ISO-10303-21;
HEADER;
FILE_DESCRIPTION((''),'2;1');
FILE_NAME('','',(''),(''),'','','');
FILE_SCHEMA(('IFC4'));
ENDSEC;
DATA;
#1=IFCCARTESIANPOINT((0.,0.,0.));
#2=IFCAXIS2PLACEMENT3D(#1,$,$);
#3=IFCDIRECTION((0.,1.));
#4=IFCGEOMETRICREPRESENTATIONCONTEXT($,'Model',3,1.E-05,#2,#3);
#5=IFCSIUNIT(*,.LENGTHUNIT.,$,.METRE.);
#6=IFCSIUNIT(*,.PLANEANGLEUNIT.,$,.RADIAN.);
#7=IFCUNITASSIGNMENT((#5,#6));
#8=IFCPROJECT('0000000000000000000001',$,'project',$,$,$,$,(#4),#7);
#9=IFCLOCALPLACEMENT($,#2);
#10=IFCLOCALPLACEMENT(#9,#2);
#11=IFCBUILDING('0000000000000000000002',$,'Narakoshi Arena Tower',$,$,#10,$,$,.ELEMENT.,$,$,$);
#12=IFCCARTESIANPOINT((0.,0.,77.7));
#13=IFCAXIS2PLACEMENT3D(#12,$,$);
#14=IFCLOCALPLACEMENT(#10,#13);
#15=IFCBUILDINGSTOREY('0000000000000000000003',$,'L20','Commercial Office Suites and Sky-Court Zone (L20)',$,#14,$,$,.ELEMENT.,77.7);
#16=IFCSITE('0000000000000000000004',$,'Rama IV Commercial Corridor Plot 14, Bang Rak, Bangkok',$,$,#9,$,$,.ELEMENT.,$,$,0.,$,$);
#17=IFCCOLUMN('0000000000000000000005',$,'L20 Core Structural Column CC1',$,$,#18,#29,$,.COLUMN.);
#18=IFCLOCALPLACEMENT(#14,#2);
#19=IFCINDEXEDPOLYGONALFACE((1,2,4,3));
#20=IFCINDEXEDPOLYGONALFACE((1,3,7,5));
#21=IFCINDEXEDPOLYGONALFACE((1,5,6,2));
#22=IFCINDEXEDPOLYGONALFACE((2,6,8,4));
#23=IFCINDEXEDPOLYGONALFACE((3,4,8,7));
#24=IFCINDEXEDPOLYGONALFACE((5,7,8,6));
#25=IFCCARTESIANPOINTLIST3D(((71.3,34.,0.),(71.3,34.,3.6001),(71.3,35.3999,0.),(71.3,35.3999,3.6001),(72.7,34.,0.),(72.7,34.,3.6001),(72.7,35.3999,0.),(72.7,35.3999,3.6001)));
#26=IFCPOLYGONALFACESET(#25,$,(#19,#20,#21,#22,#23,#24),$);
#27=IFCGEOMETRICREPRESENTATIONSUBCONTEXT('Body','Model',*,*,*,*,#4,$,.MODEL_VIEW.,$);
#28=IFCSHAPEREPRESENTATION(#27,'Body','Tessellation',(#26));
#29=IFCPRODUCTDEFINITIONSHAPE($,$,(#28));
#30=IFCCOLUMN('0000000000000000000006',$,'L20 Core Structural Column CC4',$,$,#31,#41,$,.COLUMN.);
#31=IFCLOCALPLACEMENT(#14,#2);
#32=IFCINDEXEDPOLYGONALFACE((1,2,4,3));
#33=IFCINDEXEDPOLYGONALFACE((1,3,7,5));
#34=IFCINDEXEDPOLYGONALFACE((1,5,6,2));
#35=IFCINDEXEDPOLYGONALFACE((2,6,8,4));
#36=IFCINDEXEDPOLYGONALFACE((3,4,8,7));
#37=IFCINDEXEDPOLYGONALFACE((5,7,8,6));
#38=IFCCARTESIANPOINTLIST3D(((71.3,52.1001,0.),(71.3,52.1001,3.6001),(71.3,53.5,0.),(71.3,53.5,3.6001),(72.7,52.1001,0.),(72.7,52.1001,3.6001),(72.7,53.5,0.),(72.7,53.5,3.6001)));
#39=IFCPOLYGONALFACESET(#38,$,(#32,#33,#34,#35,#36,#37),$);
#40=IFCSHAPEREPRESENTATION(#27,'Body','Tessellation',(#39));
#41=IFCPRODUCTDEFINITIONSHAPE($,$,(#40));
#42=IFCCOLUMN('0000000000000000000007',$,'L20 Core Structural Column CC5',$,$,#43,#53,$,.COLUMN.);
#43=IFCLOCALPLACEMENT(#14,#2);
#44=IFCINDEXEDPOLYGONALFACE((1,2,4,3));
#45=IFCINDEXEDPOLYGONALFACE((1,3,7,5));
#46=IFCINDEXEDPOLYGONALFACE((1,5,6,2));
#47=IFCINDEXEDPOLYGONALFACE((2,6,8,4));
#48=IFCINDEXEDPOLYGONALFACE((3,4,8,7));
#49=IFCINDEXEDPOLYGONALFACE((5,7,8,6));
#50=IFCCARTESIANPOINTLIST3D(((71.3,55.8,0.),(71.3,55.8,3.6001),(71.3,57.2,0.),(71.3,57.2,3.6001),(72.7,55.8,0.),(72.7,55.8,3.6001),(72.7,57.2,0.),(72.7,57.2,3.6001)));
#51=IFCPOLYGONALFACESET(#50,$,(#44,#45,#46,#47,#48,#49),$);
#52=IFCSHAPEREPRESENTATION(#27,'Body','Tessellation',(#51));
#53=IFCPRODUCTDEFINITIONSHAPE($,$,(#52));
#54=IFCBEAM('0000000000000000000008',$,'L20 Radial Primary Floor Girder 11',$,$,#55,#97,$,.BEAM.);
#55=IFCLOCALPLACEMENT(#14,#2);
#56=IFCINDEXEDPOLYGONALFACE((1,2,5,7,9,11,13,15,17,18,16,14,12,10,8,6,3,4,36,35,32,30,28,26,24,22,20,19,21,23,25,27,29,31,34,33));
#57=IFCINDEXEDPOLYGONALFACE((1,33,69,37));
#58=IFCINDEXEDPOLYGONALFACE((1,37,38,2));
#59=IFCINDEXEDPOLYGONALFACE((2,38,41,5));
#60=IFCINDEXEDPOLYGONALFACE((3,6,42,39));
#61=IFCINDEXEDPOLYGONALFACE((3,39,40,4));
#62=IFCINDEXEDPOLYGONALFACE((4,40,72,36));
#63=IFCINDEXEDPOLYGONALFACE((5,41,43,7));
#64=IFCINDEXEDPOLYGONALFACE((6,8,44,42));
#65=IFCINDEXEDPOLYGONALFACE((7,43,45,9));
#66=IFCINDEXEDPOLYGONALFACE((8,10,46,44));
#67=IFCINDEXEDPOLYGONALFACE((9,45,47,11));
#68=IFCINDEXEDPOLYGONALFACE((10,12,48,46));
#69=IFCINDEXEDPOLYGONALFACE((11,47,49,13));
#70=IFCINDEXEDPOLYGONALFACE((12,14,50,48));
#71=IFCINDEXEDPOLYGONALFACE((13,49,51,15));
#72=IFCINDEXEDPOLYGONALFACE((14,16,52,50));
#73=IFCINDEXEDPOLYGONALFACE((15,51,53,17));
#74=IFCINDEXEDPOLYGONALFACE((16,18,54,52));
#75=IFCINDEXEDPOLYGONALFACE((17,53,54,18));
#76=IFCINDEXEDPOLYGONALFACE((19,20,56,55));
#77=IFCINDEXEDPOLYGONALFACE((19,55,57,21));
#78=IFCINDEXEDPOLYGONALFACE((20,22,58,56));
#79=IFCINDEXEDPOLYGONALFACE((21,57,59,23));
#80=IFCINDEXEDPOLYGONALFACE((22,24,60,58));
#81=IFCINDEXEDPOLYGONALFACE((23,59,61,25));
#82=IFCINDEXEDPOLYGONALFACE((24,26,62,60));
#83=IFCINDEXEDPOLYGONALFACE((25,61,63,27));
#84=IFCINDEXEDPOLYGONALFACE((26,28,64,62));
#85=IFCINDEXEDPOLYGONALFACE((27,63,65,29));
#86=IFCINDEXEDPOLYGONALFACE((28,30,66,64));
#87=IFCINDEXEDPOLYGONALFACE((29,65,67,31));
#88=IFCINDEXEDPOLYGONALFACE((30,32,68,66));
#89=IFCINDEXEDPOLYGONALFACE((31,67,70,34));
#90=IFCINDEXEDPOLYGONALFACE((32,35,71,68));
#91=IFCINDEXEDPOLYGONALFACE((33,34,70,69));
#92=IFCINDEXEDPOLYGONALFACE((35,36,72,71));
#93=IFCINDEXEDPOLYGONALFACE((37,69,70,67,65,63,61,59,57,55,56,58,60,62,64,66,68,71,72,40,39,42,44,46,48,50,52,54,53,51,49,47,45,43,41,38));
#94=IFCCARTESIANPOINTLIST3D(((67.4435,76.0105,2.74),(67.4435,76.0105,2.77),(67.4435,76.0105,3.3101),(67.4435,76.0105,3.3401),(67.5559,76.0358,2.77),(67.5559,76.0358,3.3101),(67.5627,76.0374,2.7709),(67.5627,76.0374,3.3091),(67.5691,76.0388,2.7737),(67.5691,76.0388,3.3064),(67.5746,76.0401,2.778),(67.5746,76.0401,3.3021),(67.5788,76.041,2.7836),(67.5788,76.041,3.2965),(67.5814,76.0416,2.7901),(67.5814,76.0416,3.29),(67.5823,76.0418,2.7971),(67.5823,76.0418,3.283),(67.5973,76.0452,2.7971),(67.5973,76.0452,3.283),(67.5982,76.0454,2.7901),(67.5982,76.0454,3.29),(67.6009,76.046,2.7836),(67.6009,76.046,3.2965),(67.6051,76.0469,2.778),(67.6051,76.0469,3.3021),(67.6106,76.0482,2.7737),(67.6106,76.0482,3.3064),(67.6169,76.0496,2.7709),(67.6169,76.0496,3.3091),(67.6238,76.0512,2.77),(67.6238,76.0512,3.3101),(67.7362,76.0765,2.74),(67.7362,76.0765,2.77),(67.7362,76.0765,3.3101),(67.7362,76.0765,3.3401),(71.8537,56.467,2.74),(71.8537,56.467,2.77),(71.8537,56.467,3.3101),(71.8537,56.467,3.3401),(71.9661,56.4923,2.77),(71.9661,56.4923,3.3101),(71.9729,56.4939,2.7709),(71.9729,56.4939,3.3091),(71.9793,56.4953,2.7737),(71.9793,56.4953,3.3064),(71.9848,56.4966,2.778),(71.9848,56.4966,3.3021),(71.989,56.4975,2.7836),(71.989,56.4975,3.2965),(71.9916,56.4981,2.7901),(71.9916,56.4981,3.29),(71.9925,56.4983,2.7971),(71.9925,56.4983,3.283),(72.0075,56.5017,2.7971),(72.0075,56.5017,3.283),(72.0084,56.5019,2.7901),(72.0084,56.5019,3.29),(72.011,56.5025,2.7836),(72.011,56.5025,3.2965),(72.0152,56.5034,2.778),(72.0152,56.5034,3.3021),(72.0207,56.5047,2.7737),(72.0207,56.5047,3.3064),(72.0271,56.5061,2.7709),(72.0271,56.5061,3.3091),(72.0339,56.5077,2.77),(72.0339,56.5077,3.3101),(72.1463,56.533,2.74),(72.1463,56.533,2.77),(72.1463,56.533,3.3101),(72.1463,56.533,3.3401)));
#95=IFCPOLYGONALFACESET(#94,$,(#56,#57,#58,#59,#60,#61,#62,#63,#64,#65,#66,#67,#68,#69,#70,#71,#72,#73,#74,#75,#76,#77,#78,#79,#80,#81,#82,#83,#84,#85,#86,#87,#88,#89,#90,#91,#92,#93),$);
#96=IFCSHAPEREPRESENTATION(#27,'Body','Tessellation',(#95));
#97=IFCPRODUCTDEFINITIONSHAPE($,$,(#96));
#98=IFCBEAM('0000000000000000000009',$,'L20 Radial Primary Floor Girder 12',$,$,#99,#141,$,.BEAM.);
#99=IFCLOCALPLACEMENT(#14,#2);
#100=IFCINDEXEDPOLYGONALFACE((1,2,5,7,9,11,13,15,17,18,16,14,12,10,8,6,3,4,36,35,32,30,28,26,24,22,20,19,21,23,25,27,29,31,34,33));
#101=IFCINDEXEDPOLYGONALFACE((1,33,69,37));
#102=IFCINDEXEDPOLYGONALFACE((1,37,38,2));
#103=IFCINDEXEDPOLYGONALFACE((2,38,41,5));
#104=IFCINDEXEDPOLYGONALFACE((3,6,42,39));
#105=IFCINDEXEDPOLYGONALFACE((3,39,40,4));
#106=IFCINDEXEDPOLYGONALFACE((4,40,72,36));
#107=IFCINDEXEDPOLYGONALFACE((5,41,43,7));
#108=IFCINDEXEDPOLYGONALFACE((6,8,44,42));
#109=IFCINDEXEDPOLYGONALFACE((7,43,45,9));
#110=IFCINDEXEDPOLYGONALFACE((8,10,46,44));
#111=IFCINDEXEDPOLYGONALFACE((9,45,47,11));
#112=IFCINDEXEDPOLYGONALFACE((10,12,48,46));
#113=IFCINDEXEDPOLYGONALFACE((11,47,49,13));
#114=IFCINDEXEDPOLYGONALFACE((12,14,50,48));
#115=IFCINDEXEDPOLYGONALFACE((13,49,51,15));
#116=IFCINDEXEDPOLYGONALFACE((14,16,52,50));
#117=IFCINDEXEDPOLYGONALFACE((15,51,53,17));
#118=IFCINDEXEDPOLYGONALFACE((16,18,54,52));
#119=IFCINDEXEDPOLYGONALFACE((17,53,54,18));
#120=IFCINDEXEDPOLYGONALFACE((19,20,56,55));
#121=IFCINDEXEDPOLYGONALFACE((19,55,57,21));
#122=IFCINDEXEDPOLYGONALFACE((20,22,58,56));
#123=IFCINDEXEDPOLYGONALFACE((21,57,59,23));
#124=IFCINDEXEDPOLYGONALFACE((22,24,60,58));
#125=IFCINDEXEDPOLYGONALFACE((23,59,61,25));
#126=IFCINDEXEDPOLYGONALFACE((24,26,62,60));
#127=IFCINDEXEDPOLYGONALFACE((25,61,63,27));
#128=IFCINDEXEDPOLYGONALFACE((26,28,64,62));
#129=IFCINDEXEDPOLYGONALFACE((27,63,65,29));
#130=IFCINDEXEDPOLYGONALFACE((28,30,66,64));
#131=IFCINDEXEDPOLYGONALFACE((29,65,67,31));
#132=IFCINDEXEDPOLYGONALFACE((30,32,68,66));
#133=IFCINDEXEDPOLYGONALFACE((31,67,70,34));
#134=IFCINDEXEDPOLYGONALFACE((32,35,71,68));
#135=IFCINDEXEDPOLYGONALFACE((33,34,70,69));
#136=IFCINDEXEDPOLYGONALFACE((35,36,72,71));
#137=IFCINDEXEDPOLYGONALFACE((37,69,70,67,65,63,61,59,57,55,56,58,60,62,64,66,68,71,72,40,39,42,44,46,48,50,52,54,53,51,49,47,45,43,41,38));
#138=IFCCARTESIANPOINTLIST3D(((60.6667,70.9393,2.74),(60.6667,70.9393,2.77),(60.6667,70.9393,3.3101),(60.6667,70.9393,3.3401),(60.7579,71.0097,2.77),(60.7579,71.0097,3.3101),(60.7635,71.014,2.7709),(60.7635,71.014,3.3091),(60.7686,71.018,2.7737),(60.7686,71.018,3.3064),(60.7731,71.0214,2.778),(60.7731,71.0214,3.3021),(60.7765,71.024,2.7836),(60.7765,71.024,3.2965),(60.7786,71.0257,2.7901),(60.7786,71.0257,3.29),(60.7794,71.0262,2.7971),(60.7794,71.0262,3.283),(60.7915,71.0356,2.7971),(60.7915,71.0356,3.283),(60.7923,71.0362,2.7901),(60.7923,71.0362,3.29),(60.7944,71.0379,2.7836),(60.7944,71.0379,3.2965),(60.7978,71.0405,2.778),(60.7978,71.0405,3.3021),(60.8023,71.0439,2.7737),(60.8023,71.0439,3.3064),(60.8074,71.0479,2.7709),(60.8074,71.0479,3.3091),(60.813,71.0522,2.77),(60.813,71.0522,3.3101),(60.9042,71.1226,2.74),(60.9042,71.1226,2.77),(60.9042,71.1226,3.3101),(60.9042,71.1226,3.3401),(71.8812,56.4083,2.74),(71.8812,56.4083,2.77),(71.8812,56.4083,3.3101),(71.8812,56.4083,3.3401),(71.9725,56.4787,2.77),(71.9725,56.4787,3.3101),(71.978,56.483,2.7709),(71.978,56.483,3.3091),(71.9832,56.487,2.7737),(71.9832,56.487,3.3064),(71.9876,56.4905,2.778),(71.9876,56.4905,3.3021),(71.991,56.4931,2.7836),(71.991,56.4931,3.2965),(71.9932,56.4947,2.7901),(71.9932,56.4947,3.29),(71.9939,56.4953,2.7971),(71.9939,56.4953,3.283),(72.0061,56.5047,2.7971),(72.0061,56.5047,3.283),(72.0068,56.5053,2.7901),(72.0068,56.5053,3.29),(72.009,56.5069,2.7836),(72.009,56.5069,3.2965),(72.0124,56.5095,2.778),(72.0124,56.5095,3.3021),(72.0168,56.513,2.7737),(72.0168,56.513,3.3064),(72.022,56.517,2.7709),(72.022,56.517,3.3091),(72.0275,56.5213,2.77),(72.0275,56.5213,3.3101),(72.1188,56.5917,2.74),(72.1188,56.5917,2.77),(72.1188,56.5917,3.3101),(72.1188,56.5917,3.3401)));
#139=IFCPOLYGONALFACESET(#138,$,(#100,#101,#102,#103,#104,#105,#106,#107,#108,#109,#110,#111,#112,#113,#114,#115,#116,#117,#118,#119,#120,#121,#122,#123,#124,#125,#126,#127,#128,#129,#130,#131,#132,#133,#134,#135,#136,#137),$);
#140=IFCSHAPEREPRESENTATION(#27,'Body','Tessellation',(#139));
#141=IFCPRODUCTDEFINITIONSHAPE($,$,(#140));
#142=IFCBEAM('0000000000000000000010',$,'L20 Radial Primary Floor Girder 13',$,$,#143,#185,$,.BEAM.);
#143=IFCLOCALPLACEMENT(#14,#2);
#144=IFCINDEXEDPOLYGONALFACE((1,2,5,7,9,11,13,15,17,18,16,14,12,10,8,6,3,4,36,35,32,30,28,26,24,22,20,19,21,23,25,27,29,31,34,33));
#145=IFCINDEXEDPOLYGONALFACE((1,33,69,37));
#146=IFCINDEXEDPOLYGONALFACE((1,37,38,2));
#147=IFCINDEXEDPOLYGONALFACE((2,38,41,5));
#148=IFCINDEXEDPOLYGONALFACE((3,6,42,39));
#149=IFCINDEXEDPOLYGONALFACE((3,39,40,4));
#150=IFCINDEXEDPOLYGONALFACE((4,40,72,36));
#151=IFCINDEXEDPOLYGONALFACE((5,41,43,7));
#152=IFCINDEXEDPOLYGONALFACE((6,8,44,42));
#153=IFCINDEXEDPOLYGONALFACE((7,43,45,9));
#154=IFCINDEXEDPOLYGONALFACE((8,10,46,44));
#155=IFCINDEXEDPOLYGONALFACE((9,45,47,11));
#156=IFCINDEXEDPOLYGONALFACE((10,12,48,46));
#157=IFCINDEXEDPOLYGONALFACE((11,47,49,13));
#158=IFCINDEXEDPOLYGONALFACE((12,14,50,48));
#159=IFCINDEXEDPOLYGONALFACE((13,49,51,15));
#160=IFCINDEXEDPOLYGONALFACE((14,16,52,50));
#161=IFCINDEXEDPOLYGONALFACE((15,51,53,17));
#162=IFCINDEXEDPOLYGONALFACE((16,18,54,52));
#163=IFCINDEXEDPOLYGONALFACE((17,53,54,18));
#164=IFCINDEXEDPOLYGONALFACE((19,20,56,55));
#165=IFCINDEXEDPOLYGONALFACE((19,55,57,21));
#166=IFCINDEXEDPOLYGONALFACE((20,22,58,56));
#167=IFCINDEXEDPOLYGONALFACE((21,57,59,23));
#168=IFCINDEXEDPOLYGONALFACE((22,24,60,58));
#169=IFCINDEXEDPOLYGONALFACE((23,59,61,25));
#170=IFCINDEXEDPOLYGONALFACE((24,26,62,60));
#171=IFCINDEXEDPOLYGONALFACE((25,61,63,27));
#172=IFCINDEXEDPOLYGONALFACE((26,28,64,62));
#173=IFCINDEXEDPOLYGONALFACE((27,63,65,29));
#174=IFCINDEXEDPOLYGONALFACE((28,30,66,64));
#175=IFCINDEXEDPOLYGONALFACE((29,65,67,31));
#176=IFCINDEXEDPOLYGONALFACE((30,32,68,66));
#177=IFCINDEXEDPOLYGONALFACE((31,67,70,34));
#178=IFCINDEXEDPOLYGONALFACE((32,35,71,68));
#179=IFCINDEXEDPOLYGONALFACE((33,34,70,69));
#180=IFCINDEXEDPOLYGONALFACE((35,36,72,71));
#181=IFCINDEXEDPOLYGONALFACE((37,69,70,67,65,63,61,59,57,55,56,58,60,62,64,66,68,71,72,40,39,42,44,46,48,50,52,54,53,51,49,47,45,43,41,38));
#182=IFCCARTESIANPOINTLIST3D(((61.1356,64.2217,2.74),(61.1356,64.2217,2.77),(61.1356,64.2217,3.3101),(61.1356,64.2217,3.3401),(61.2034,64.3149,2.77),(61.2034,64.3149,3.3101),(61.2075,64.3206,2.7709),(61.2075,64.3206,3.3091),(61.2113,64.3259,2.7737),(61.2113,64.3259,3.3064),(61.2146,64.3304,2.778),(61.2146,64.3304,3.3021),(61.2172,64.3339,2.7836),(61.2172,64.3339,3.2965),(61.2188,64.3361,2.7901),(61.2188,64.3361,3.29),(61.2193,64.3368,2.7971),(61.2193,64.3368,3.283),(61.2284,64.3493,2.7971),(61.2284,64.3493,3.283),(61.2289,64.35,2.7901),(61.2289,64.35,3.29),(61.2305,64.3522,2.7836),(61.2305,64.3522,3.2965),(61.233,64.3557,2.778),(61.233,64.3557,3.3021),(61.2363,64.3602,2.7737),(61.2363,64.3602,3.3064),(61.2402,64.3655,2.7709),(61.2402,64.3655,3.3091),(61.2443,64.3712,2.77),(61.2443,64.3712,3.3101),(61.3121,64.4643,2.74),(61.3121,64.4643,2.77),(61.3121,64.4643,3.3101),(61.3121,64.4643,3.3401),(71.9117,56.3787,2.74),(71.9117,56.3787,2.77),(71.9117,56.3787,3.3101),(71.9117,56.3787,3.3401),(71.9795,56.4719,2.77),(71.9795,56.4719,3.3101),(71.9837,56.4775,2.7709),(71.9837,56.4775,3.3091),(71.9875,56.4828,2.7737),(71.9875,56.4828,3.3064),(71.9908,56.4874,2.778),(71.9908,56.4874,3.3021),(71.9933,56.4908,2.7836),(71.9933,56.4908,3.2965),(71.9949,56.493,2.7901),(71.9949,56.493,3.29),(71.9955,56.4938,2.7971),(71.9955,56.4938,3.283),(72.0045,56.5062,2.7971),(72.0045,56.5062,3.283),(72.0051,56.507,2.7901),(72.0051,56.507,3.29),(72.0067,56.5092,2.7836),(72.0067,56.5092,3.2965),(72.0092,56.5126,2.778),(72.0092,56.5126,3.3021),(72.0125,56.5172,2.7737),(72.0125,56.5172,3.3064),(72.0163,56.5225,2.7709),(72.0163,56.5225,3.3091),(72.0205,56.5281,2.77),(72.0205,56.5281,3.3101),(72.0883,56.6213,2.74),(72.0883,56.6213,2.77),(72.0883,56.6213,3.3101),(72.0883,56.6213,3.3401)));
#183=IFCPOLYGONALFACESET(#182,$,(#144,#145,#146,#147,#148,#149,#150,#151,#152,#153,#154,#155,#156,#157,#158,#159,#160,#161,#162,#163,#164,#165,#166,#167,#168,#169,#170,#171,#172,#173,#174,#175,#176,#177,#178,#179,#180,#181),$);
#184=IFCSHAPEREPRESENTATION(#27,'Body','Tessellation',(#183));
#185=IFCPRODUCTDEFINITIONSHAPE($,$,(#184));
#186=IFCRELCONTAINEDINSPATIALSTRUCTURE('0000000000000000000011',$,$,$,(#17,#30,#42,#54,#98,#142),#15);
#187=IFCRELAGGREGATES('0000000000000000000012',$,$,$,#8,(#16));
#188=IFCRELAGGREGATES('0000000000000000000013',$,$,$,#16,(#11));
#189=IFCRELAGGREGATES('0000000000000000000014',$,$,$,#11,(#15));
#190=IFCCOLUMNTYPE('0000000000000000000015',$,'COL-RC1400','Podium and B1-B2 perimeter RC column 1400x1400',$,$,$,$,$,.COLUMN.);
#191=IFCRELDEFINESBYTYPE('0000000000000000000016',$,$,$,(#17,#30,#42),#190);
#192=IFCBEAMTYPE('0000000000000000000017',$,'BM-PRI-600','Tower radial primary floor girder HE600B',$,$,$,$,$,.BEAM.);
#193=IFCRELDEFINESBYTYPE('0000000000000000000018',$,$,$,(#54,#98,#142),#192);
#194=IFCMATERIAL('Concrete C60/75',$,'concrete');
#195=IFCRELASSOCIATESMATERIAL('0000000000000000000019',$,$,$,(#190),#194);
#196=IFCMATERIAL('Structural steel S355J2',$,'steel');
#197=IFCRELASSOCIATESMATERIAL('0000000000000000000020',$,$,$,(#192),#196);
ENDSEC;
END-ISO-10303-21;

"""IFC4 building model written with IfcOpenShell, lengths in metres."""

from ifc_helpers import new_model, si_unit, direction, frame, origin, origin_2d, place, context, subcontext, project, spatial, rectangle, i_section, extrude, material, material_profile, profile_set, type_object, element, save


model = new_model("IFC4")

# Units and contexts
model_context = context("Model", 3, precision=1e-05, world=origin(), true_north=direction((0.0, 1.0)))
body_context = subcontext(model_context, "Body", "Model", "MODEL_VIEW")
ifc_project = project(units=[si_unit("LENGTHUNIT", "METRE"), si_unit("PLANEANGLEUNIT", "RADIAN")], contexts=[model_context])

# Site, building, storey
site_placement = place(None, origin())
site = spatial("IfcSite", under=ifc_project, at=site_placement, Name="Rama IV Commercial Corridor Plot 14, Bang Rak, Bangkok", CompositionType="ELEMENT", RefElevation=0.0)
building_placement = place(site_placement, origin())
building = spatial("IfcBuilding", under=site, at=building_placement, Name="Narakoshi Arena Tower", CompositionType="ELEMENT")
storey_placement = place(building_placement, frame((0.0, 0.0, 77.7)))
storey = spatial("IfcBuildingStorey", under=building, at=storey_placement, Name="L20", Description="Commercial Office Suites and Sky-Court Zone (L20)", CompositionType="ELEMENT", Elevation=77.7)

# Columns
ifc_material_1 = material(Name="Concrete C60/75", Category="concrete")
ifc_material_profile_1 = material_profile(ifc_material_1, rectangle(XDim=1.3999, YDim=1.3999, at=origin_2d()), Name="RC1400x1400")
ifc_profile_set_1 = profile_set([ifc_material_profile_1], Name="Concrete C60/75")
column_type = type_object("IfcColumnType", Name="COL-RC1400", Description="Podium and B1-B2 perimeter RC column 1400x1400", PredefinedType="COLUMN", material=ifc_profile_set_1)
for number, where, z_axis, x_axis, name in (
    (1, (72.0, 34.7, 0.0), (0.0, 0.0, 1.0), (1.0, 0.0, 0.0), "L20 Core Structural Column CC1"),
    (2, (72.0, 52.8, 0.0), (0.0, 0.0, 1.0), (1.0, 0.0, 0.0), "L20 Core Structural Column CC4"),
    (3, (72.0, 56.5, 0.0), (0.0, 0.0, 1.0), (1.0, 0.0, 0.0), "L20 Core Structural Column CC5"),
):
    element("IfcColumn", number, at=place(storey_placement, frame(where, z_axis=z_axis, x_axis=x_axis)), inside=storey, type_object=column_type, Name=name, PredefinedType="COLUMN", context=body_context, shape_type="SweptSolid", body=[
        extrude(rectangle(XDim=1.3999, YDim=1.3999, at=origin_2d()), origin(), (0.0, 0.0, 1.0), 3.6001),
    ])

# Beams
ifc_material_2 = material(Name="Structural steel S355J2", Category="steel")
ifc_material_profile_2 = material_profile(ifc_material_2, i_section(OverallWidth=0.3, OverallDepth=0.6001, WebThickness=0.0154, FlangeThickness=0.03, FilletRadius=0.0271, at=origin_2d()), Name="HE600B")
ifc_profile_set_2 = profile_set([ifc_material_profile_2], Name="Structural steel S355J2")
beam_type = type_object("IfcBeamType", Name="BM-PRI-600", Description="Tower radial primary floor girder HE600B", PredefinedType="BEAM", material=ifc_profile_set_2)
beam_1_placement = place(storey_placement, frame((72.0, 56.5, 3.04), z_axis=(-0.220124, 0.975472, 0.0), x_axis=(-0.975472, -0.220124, 0.0)))
element("IfcBeam", 4, at=beam_1_placement, inside=storey, type_object=beam_type, Name="L20 Radial Primary Floor Girder 11", PredefinedType="BEAM", context=body_context, shape_type="SweptSolid", body=[
    extrude(i_section(OverallWidth=0.3, OverallDepth=0.6001, WebThickness=0.0154, FlangeThickness=0.03, FilletRadius=0.0271, at=origin_2d()), origin(), (0.0, 0.0, 1.0), 20.0349),
])
beam_2_placement = place(storey_placement, frame((72.0, 56.5, 3.04), z_axis=(-0.610973, 0.791651, 0.0), x_axis=(-0.791651, -0.610973, 0.0)))
element("IfcBeam", 5, at=beam_2_placement, inside=storey, type_object=beam_type, Name="L20 Radial Primary Floor Girder 12", PredefinedType="BEAM", context=body_context, shape_type="SweptSolid", body=[
    extrude(i_section(OverallWidth=0.3, OverallDepth=0.6001, WebThickness=0.0154, FlangeThickness=0.03, FilletRadius=0.0271, at=origin_2d()), origin(), (0.0, 0.0, 1.0), 18.3552),
])
beam_3_placement = place(storey_placement, frame((72.0, 56.5, 3.04), z_axis=(-0.808528, 0.588458, 0.0), x_axis=(-0.588458, -0.808528, 0.0)))
element("IfcBeam", 6, at=beam_3_placement, inside=storey, type_object=beam_type, Name="L20 Radial Primary Floor Girder 13", PredefinedType="BEAM", context=body_context, shape_type="SweptSolid", body=[
    extrude(i_section(OverallWidth=0.3, OverallDepth=0.6001, WebThickness=0.0154, FlangeThickness=0.03, FilletRadius=0.0271, at=origin_2d()), origin(), (0.0, 0.0, 1.0), 13.3281),
])

save(model, "model.ifc")
